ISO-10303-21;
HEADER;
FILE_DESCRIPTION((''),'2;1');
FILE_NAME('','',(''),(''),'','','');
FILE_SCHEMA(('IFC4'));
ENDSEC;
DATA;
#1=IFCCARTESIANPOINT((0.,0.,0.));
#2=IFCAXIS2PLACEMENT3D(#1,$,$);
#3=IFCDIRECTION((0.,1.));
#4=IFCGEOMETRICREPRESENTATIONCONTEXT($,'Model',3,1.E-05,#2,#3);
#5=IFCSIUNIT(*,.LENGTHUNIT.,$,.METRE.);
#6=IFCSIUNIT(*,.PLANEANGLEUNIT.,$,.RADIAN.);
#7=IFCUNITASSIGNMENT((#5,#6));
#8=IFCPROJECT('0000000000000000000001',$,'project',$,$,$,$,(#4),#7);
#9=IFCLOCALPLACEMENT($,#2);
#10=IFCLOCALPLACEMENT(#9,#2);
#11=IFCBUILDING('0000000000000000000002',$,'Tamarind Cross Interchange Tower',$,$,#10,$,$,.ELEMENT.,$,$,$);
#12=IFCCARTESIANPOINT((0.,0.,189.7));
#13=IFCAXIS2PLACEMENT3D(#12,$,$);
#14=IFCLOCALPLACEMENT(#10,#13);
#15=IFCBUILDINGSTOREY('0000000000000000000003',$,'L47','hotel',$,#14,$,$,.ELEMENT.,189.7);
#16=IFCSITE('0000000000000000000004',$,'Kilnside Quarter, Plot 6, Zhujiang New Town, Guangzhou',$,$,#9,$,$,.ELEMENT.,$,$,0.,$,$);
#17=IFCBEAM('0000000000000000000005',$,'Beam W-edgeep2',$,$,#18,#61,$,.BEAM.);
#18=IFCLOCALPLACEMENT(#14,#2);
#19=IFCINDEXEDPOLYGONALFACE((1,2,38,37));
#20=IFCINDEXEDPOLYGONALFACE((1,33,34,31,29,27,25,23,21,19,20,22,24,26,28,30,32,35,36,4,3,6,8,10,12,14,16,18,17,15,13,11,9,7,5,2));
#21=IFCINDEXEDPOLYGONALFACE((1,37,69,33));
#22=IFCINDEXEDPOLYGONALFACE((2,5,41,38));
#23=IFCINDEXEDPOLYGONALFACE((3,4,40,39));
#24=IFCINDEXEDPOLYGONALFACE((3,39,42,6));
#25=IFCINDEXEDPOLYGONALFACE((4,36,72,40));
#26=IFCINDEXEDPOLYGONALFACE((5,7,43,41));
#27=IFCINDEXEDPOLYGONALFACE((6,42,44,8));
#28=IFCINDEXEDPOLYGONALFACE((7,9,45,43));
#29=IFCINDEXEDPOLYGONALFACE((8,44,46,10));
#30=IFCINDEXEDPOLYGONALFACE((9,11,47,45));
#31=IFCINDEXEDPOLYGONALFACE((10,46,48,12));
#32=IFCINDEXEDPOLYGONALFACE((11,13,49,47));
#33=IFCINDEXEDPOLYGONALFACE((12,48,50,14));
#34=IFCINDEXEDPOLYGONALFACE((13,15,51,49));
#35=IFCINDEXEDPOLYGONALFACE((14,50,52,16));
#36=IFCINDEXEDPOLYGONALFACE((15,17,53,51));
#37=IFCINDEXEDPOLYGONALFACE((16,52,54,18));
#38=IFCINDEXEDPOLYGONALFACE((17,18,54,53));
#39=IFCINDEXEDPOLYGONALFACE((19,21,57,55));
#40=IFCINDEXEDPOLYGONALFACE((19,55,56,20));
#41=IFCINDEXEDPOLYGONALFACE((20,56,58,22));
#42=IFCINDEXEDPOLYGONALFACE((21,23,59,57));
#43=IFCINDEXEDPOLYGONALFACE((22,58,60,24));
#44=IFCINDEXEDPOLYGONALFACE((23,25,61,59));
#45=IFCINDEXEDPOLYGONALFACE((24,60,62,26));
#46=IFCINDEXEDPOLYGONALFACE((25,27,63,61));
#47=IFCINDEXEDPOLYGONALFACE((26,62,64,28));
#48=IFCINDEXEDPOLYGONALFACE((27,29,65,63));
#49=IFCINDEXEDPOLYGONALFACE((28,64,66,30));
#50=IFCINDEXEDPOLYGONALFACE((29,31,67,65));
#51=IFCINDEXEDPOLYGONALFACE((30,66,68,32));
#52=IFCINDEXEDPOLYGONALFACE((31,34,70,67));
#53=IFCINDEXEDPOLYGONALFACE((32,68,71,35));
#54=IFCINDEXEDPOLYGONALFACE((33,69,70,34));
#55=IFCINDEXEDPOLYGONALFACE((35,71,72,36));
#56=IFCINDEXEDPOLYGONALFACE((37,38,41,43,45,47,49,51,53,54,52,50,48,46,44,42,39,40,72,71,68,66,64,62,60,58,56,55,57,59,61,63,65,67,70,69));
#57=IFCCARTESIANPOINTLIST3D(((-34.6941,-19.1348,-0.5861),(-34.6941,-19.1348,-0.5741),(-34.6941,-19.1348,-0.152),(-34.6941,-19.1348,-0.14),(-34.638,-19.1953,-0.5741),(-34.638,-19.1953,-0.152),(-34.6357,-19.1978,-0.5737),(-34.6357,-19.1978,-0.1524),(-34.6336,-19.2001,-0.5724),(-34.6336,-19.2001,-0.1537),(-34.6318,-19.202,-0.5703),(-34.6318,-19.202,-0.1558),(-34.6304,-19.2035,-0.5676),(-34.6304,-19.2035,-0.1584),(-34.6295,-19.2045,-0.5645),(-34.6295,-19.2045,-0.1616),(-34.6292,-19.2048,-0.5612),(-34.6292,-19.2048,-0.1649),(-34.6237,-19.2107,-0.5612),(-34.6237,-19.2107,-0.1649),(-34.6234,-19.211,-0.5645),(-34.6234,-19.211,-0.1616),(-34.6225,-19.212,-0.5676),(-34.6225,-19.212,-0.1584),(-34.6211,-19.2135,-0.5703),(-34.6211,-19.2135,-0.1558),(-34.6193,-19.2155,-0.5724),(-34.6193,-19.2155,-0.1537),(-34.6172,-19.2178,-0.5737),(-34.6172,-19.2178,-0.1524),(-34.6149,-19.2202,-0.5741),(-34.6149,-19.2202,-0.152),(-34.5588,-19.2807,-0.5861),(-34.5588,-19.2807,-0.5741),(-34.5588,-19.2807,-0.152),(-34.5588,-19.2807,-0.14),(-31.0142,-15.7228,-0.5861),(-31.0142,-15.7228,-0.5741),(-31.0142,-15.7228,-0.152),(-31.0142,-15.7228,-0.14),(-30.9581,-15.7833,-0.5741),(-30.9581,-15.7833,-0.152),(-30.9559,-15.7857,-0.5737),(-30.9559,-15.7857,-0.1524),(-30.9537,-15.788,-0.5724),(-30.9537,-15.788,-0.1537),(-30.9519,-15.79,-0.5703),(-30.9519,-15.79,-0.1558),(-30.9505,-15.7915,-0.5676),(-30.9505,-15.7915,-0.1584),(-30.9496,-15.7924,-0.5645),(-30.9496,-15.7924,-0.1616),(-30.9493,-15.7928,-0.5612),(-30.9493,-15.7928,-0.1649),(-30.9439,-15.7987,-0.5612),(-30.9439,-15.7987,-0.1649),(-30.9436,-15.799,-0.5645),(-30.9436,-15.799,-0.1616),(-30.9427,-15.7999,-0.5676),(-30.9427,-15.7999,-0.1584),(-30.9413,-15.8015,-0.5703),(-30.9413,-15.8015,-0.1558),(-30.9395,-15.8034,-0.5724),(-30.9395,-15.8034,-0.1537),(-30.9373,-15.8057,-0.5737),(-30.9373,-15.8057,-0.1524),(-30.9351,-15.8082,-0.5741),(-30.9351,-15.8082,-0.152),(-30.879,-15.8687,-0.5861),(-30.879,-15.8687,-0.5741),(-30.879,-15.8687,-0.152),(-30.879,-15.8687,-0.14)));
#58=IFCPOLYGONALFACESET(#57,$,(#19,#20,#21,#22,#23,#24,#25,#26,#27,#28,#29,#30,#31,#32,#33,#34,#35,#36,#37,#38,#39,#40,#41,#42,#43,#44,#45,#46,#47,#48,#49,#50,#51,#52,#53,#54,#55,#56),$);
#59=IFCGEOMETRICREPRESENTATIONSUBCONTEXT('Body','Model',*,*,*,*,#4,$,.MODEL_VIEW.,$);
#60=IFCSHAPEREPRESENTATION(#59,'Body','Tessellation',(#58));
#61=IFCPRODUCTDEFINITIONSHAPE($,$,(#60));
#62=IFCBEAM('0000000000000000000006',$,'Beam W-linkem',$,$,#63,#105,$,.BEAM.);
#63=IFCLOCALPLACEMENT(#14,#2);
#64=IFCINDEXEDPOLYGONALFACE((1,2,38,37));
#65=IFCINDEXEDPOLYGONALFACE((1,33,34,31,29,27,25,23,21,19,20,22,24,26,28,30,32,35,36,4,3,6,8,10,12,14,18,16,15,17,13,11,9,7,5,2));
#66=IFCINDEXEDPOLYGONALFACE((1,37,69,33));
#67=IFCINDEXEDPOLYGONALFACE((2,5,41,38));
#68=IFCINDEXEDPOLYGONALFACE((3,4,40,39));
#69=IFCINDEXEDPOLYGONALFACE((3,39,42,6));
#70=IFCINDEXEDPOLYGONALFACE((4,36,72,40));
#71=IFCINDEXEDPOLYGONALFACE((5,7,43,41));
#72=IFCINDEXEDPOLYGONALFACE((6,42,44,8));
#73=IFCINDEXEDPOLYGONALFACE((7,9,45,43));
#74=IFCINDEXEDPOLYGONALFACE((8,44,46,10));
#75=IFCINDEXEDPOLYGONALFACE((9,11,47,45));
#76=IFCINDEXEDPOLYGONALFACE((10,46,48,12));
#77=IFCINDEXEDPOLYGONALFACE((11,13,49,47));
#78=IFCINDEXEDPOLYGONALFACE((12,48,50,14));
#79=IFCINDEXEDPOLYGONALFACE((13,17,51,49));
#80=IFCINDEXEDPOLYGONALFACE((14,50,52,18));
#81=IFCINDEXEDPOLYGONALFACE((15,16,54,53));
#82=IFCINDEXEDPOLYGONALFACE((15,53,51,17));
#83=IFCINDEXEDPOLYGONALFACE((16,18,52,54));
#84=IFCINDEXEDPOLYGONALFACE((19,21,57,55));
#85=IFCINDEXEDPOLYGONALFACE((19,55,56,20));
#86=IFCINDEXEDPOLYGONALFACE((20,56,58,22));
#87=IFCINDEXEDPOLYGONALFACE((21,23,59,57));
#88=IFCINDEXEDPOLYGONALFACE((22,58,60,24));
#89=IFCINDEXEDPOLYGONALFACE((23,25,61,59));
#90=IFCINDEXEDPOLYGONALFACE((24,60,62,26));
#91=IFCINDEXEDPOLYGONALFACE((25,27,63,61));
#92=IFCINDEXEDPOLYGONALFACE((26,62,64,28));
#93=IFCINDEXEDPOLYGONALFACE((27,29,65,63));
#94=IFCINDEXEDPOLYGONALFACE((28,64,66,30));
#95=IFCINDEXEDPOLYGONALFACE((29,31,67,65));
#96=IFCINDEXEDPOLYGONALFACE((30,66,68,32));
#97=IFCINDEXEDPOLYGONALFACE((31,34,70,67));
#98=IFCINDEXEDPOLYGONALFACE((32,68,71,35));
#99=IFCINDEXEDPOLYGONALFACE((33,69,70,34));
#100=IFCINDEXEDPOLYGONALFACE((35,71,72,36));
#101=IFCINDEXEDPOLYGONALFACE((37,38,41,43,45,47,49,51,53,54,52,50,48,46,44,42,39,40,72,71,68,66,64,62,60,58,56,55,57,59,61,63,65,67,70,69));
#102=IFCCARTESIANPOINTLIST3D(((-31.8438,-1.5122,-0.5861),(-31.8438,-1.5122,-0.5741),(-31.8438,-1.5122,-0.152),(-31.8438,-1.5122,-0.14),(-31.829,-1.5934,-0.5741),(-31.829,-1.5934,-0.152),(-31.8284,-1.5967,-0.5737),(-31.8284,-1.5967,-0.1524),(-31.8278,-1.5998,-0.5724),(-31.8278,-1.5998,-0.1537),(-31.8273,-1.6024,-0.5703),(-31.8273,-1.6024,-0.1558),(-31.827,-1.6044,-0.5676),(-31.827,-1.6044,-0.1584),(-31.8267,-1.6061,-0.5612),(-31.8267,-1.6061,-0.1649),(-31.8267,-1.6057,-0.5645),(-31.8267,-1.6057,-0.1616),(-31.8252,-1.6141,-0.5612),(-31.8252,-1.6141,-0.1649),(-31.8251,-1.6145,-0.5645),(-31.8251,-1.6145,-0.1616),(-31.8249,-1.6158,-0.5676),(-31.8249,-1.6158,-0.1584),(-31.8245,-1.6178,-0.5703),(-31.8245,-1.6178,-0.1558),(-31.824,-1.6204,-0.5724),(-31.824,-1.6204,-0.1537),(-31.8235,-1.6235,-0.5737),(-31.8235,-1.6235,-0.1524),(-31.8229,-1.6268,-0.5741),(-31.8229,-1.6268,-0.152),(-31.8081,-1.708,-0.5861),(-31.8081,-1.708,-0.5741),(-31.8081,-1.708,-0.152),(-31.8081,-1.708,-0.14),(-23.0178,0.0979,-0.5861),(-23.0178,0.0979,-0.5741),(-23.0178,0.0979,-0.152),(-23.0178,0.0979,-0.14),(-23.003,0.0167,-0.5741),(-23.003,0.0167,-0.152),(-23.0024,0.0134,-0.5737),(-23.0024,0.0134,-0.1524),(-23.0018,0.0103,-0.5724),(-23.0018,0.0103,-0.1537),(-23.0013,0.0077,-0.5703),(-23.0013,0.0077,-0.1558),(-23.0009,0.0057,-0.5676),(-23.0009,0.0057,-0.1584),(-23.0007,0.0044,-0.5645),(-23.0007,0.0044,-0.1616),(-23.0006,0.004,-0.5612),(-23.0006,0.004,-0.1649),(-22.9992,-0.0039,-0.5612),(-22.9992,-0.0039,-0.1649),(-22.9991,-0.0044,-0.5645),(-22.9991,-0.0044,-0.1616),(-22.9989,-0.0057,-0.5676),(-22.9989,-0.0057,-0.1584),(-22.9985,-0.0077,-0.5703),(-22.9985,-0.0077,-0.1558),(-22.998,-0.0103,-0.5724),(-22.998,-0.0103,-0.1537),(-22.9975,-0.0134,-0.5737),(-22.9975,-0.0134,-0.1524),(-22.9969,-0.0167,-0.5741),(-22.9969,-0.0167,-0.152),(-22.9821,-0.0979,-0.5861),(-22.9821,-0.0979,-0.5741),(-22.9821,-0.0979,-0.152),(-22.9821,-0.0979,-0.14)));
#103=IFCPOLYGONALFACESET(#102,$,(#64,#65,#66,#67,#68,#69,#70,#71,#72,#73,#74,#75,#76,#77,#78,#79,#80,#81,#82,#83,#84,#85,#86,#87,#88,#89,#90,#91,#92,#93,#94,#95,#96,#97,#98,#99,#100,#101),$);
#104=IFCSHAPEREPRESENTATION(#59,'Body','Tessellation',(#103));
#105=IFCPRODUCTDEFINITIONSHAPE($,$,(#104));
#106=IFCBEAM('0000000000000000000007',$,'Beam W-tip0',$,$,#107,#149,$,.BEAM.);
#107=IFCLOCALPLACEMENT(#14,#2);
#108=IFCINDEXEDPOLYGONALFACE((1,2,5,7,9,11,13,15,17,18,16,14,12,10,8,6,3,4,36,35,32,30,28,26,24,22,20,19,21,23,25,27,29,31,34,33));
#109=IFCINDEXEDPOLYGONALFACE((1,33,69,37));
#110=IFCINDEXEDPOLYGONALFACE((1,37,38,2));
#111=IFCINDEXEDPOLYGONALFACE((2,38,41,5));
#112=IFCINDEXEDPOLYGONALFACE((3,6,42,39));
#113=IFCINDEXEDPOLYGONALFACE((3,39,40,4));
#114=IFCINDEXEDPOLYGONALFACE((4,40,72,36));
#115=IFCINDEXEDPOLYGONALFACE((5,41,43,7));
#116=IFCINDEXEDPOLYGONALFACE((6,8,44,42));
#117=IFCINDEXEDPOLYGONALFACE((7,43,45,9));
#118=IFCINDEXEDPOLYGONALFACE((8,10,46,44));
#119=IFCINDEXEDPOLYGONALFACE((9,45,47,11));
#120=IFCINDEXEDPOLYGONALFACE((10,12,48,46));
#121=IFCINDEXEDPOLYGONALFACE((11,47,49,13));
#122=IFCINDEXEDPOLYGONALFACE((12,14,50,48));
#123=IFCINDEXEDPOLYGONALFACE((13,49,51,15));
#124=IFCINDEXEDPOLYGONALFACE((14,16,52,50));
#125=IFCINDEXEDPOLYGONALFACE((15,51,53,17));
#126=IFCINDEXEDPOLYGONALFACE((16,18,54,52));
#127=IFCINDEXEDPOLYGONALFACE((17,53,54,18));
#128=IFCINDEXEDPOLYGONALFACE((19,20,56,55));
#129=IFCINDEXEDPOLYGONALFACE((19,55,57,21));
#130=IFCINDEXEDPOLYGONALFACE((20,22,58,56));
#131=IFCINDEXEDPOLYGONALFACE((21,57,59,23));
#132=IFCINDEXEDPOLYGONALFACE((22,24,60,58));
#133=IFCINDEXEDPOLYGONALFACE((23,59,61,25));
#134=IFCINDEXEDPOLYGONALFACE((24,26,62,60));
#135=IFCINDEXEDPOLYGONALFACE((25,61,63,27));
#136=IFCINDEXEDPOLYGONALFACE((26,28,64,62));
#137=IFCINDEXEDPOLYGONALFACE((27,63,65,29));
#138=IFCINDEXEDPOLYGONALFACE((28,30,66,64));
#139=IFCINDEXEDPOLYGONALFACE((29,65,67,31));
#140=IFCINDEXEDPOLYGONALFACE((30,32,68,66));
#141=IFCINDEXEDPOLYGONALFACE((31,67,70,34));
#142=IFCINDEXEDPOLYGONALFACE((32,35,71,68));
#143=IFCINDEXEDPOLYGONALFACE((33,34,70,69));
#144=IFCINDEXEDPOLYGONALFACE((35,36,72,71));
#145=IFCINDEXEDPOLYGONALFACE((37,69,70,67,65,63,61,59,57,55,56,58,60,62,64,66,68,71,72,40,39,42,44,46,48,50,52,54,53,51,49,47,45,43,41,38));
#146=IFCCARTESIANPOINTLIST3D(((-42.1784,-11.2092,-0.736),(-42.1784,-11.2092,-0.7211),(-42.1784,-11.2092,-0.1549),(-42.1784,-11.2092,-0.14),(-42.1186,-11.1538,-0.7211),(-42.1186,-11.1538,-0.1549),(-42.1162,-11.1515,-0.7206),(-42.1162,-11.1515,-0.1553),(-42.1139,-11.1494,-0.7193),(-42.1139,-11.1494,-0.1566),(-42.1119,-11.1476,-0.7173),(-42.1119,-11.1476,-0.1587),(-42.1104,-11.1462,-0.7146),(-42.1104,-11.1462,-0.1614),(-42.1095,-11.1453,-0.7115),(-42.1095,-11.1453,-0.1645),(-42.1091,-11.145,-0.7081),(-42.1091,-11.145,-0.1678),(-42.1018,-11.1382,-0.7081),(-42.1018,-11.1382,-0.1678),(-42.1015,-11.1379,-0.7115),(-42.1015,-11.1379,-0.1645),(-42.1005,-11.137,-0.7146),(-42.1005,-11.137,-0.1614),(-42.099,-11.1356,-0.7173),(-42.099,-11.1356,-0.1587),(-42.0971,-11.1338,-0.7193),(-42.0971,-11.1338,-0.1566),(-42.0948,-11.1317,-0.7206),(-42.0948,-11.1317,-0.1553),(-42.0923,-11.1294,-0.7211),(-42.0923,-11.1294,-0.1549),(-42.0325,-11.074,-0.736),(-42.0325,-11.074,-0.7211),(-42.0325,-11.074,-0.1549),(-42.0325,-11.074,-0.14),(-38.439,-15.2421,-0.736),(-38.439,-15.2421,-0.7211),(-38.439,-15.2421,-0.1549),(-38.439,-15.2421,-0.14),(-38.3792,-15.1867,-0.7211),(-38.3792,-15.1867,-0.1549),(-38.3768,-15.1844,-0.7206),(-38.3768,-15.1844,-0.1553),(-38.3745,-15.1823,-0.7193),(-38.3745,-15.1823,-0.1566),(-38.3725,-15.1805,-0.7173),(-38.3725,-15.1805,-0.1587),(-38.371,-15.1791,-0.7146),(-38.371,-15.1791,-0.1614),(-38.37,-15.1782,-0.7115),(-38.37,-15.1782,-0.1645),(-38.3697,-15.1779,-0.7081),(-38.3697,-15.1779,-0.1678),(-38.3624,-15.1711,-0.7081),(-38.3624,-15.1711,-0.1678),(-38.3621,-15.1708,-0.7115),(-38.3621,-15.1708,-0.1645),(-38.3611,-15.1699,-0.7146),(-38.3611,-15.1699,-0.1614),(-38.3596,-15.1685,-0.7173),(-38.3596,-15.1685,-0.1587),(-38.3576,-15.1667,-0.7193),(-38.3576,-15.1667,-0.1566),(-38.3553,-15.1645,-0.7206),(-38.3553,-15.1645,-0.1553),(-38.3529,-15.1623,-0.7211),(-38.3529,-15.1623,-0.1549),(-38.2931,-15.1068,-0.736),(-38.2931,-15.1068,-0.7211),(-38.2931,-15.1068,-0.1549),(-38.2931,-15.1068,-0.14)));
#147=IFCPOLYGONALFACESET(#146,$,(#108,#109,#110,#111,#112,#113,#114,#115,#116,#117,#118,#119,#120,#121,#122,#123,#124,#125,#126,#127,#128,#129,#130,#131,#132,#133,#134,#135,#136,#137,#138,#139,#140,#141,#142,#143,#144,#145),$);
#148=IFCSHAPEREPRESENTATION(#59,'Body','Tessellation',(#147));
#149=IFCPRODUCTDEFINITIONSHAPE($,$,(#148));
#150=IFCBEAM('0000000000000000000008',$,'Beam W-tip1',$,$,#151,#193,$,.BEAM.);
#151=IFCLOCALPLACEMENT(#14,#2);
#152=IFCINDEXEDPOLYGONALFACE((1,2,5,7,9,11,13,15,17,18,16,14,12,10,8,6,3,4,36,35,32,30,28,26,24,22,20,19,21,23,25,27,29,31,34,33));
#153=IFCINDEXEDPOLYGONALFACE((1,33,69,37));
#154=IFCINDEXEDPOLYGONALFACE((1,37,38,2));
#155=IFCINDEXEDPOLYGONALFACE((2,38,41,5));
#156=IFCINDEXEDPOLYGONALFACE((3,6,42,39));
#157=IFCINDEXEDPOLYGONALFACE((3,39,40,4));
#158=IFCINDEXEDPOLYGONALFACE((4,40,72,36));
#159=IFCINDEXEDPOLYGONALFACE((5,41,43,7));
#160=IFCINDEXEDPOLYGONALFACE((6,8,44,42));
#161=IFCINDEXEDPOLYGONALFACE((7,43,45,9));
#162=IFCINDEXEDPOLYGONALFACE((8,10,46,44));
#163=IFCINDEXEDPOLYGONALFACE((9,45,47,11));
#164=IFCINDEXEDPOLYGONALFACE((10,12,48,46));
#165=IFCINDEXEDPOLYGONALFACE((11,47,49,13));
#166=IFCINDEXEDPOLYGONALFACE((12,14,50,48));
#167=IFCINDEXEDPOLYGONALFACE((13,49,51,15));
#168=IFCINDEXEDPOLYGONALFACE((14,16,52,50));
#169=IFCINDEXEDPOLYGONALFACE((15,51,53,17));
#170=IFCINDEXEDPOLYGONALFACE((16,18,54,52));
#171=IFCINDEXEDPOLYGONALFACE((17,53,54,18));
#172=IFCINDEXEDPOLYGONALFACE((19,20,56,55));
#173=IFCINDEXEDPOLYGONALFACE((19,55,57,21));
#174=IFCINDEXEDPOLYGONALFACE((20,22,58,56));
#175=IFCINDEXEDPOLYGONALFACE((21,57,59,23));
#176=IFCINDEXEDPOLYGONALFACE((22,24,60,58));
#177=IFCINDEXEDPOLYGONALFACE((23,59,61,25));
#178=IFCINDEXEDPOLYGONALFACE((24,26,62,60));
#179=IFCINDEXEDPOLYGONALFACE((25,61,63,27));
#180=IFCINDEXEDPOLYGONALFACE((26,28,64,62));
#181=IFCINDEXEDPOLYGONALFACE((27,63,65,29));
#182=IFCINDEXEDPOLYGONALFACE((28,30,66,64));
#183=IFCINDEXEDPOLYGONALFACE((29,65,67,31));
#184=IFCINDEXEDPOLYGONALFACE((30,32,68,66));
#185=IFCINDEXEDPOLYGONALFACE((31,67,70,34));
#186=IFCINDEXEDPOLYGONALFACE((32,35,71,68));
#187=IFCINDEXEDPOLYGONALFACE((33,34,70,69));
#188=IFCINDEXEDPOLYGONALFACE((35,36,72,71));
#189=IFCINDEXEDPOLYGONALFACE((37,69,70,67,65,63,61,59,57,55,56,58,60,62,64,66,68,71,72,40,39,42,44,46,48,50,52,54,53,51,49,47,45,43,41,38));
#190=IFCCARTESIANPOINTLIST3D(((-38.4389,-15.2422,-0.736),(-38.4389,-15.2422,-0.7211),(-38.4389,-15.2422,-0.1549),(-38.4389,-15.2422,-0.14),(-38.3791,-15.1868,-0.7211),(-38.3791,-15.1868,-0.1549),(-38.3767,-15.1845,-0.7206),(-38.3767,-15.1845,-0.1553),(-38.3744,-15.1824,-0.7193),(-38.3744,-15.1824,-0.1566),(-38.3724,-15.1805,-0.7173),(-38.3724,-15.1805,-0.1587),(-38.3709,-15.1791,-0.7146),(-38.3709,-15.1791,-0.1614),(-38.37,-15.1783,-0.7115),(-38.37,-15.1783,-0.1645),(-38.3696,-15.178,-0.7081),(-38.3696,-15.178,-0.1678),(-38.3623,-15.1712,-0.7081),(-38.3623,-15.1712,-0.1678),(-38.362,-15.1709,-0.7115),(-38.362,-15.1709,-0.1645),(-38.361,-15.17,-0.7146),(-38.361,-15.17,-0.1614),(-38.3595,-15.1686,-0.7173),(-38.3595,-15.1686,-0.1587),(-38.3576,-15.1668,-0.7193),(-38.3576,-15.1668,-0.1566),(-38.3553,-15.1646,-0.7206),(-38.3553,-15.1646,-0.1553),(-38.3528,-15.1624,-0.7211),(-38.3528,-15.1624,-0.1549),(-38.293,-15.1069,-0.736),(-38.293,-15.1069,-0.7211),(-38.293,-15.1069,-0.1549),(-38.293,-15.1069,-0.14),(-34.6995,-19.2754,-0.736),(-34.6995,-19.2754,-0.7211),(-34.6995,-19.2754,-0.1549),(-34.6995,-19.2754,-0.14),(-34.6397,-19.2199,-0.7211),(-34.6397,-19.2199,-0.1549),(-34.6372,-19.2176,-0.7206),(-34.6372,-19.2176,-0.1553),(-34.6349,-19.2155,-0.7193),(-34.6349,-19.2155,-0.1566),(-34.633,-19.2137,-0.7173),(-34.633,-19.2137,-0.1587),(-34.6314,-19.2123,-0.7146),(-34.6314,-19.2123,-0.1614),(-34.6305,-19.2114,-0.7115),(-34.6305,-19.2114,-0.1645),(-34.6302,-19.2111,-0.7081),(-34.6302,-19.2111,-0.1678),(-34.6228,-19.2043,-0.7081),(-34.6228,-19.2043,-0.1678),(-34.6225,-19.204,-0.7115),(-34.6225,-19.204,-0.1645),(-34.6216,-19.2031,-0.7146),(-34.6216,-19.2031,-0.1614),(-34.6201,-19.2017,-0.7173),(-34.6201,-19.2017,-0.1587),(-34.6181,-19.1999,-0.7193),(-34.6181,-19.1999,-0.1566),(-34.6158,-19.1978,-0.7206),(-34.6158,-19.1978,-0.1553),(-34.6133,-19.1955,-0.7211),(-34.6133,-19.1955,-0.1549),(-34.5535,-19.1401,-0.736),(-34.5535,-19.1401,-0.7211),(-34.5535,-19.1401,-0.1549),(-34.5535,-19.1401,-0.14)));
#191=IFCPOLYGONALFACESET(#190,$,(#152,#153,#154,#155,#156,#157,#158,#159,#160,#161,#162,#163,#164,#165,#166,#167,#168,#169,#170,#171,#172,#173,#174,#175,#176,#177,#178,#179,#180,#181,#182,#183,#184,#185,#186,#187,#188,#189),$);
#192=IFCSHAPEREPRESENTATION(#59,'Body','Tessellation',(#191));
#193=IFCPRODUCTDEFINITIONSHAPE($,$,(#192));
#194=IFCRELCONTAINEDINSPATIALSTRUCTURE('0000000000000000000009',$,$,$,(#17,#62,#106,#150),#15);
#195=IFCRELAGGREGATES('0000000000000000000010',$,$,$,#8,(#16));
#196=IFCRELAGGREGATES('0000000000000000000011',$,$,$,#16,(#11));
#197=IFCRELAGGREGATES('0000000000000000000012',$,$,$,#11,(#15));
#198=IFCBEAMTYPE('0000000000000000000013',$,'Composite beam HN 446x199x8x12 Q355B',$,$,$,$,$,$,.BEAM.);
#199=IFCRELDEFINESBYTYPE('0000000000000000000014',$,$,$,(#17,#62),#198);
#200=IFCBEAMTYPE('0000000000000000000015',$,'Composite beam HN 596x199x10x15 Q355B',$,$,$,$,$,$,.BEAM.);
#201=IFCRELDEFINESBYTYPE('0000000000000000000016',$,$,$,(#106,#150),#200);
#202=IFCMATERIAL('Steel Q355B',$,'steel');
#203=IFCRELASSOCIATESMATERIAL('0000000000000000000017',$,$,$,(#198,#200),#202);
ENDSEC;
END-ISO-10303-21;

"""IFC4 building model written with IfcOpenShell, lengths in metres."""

from ifc_helpers import new_model, si_unit, direction, frame, origin, origin_2d, place, context, subcontext, project, spatial, i_section, extrude, material, material_profile, profile_set, type_object, element, save


model = new_model("IFC4")

# Units and contexts
model_context = context("Model", 3, precision=1e-05, world=origin(), true_north=direction((0.0, 1.0)))
body_context = subcontext(model_context, "Body", "Model", "MODEL_VIEW")
ifc_project = project(units=[si_unit("LENGTHUNIT", "METRE"), si_unit("PLANEANGLEUNIT", "RADIAN")], contexts=[model_context])

# Site, building, storey
site_placement = place(None, origin())
site = spatial("IfcSite", under=ifc_project, at=site_placement, Name="Kilnside Quarter, Plot 6, Zhujiang New Town, Guangzhou", CompositionType="ELEMENT", RefElevation=0.0)
building_placement = place(site_placement, origin())
building = spatial("IfcBuilding", under=site, at=building_placement, Name="Tamarind Cross Interchange Tower", CompositionType="ELEMENT")
storey_placement = place(building_placement, frame((0.0, 0.0, 189.7)))
storey = spatial("IfcBuildingStorey", under=building, at=storey_placement, Name="L47", Description="hotel", CompositionType="ELEMENT", Elevation=189.7)

# Beams
ifc_material_1 = material(Name="Steel Q355B", Category="steel")
ifc_material_profile_1 = material_profile(ifc_material_1, i_section(OverallWidth=0.199, OverallDepth=0.446, WebThickness=0.0081, FlangeThickness=0.012, FilletRadius=0.0129, at=origin_2d()), Name="HN 446x199x8x12")
ifc_profile_set_1 = profile_set([ifc_material_profile_1], Name="Steel Q355B")
beam_type_1 = type_object("IfcBeamType", Name="Composite beam HN 446x199x8x12 Q355B", PredefinedType="BEAM", material=ifc_profile_set_1)
beam_1_placement = place(storey_placement, frame((-34.6265, -19.2078, -0.363), z_axis=(0.733287, 0.679919, 0.0), x_axis=(-0.679919, 0.733287, 0.0)))
element("IfcBeam", 1, at=beam_1_placement, inside=storey, type_object=beam_type_1, Name="Beam W-edgeep2", PredefinedType="BEAM", context=body_context, shape_type="SweptSolid", body=[
    extrude(i_section(OverallWidth=0.199, OverallDepth=0.446, WebThickness=0.0081, FlangeThickness=0.012, FilletRadius=0.0129, at=origin_2d()), origin(), (0.0, 0.0, 1.0), 5.0183),
])
beam_2_placement = place(storey_placement, frame((-31.8259, -1.6101, -0.363), z_axis=(0.983764, 0.179467, 0.0), x_axis=(-0.179467, 0.983764, 0.0)))
element("IfcBeam", 2, at=beam_2_placement, inside=storey, type_object=beam_type_1, Name="Beam W-linkem", PredefinedType="BEAM", context=body_context, shape_type="SweptSolid", body=[
    extrude(i_section(OverallWidth=0.199, OverallDepth=0.446, WebThickness=0.0081, FlangeThickness=0.012, FilletRadius=0.0129, at=origin_2d()), origin(), (0.0, 0.0, 1.0), 8.9717),
])
ifc_material_profile_2 = material_profile(ifc_material_1, i_section(OverallWidth=0.199, OverallDepth=0.5959, WebThickness=0.01, FlangeThickness=0.0149, FilletRadius=0.0129, at=origin_2d()), Name="HN 596x199x10x15")
ifc_profile_set_2 = profile_set([ifc_material_profile_2], Name="Steel Q355B")
beam_type_2 = type_object("IfcBeamType", Name="Composite beam HN 596x199x10x15 Q355B", PredefinedType="BEAM", material=ifc_profile_set_2)
beam_3_placement = place(storey_placement, frame((-42.1055, -11.1416, -0.438), z_axis=(0.679925, -0.733282, 0.0), x_axis=(0.733282, 0.679925, 0.0)))
element("IfcBeam", 3, at=beam_3_placement, inside=storey, type_object=beam_type_2, Name="Beam W-tip0", PredefinedType="BEAM", context=body_context, shape_type="SweptSolid", body=[
    extrude(i_section(OverallWidth=0.199, OverallDepth=0.5959, WebThickness=0.01, FlangeThickness=0.0149, FilletRadius=0.0129, at=origin_2d()), origin(), (0.0, 0.0, 1.0), 5.4998),
])
beam_4_placement = place(storey_placement, frame((-38.366, -15.1746, -0.438), z_axis=(0.679903, -0.733302, 0.0), x_axis=(0.733302, 0.679903, 0.0)))
element("IfcBeam", 4, at=beam_4_placement, inside=storey, type_object=beam_type_2, Name="Beam W-tip1", PredefinedType="BEAM", context=body_context, shape_type="SweptSolid", body=[
    extrude(i_section(OverallWidth=0.199, OverallDepth=0.5959, WebThickness=0.01, FlangeThickness=0.0149, FilletRadius=0.0129, at=origin_2d()), origin(), (0.0, 0.0, 1.0), 5.5),
])

save(model, "model.ifc")
